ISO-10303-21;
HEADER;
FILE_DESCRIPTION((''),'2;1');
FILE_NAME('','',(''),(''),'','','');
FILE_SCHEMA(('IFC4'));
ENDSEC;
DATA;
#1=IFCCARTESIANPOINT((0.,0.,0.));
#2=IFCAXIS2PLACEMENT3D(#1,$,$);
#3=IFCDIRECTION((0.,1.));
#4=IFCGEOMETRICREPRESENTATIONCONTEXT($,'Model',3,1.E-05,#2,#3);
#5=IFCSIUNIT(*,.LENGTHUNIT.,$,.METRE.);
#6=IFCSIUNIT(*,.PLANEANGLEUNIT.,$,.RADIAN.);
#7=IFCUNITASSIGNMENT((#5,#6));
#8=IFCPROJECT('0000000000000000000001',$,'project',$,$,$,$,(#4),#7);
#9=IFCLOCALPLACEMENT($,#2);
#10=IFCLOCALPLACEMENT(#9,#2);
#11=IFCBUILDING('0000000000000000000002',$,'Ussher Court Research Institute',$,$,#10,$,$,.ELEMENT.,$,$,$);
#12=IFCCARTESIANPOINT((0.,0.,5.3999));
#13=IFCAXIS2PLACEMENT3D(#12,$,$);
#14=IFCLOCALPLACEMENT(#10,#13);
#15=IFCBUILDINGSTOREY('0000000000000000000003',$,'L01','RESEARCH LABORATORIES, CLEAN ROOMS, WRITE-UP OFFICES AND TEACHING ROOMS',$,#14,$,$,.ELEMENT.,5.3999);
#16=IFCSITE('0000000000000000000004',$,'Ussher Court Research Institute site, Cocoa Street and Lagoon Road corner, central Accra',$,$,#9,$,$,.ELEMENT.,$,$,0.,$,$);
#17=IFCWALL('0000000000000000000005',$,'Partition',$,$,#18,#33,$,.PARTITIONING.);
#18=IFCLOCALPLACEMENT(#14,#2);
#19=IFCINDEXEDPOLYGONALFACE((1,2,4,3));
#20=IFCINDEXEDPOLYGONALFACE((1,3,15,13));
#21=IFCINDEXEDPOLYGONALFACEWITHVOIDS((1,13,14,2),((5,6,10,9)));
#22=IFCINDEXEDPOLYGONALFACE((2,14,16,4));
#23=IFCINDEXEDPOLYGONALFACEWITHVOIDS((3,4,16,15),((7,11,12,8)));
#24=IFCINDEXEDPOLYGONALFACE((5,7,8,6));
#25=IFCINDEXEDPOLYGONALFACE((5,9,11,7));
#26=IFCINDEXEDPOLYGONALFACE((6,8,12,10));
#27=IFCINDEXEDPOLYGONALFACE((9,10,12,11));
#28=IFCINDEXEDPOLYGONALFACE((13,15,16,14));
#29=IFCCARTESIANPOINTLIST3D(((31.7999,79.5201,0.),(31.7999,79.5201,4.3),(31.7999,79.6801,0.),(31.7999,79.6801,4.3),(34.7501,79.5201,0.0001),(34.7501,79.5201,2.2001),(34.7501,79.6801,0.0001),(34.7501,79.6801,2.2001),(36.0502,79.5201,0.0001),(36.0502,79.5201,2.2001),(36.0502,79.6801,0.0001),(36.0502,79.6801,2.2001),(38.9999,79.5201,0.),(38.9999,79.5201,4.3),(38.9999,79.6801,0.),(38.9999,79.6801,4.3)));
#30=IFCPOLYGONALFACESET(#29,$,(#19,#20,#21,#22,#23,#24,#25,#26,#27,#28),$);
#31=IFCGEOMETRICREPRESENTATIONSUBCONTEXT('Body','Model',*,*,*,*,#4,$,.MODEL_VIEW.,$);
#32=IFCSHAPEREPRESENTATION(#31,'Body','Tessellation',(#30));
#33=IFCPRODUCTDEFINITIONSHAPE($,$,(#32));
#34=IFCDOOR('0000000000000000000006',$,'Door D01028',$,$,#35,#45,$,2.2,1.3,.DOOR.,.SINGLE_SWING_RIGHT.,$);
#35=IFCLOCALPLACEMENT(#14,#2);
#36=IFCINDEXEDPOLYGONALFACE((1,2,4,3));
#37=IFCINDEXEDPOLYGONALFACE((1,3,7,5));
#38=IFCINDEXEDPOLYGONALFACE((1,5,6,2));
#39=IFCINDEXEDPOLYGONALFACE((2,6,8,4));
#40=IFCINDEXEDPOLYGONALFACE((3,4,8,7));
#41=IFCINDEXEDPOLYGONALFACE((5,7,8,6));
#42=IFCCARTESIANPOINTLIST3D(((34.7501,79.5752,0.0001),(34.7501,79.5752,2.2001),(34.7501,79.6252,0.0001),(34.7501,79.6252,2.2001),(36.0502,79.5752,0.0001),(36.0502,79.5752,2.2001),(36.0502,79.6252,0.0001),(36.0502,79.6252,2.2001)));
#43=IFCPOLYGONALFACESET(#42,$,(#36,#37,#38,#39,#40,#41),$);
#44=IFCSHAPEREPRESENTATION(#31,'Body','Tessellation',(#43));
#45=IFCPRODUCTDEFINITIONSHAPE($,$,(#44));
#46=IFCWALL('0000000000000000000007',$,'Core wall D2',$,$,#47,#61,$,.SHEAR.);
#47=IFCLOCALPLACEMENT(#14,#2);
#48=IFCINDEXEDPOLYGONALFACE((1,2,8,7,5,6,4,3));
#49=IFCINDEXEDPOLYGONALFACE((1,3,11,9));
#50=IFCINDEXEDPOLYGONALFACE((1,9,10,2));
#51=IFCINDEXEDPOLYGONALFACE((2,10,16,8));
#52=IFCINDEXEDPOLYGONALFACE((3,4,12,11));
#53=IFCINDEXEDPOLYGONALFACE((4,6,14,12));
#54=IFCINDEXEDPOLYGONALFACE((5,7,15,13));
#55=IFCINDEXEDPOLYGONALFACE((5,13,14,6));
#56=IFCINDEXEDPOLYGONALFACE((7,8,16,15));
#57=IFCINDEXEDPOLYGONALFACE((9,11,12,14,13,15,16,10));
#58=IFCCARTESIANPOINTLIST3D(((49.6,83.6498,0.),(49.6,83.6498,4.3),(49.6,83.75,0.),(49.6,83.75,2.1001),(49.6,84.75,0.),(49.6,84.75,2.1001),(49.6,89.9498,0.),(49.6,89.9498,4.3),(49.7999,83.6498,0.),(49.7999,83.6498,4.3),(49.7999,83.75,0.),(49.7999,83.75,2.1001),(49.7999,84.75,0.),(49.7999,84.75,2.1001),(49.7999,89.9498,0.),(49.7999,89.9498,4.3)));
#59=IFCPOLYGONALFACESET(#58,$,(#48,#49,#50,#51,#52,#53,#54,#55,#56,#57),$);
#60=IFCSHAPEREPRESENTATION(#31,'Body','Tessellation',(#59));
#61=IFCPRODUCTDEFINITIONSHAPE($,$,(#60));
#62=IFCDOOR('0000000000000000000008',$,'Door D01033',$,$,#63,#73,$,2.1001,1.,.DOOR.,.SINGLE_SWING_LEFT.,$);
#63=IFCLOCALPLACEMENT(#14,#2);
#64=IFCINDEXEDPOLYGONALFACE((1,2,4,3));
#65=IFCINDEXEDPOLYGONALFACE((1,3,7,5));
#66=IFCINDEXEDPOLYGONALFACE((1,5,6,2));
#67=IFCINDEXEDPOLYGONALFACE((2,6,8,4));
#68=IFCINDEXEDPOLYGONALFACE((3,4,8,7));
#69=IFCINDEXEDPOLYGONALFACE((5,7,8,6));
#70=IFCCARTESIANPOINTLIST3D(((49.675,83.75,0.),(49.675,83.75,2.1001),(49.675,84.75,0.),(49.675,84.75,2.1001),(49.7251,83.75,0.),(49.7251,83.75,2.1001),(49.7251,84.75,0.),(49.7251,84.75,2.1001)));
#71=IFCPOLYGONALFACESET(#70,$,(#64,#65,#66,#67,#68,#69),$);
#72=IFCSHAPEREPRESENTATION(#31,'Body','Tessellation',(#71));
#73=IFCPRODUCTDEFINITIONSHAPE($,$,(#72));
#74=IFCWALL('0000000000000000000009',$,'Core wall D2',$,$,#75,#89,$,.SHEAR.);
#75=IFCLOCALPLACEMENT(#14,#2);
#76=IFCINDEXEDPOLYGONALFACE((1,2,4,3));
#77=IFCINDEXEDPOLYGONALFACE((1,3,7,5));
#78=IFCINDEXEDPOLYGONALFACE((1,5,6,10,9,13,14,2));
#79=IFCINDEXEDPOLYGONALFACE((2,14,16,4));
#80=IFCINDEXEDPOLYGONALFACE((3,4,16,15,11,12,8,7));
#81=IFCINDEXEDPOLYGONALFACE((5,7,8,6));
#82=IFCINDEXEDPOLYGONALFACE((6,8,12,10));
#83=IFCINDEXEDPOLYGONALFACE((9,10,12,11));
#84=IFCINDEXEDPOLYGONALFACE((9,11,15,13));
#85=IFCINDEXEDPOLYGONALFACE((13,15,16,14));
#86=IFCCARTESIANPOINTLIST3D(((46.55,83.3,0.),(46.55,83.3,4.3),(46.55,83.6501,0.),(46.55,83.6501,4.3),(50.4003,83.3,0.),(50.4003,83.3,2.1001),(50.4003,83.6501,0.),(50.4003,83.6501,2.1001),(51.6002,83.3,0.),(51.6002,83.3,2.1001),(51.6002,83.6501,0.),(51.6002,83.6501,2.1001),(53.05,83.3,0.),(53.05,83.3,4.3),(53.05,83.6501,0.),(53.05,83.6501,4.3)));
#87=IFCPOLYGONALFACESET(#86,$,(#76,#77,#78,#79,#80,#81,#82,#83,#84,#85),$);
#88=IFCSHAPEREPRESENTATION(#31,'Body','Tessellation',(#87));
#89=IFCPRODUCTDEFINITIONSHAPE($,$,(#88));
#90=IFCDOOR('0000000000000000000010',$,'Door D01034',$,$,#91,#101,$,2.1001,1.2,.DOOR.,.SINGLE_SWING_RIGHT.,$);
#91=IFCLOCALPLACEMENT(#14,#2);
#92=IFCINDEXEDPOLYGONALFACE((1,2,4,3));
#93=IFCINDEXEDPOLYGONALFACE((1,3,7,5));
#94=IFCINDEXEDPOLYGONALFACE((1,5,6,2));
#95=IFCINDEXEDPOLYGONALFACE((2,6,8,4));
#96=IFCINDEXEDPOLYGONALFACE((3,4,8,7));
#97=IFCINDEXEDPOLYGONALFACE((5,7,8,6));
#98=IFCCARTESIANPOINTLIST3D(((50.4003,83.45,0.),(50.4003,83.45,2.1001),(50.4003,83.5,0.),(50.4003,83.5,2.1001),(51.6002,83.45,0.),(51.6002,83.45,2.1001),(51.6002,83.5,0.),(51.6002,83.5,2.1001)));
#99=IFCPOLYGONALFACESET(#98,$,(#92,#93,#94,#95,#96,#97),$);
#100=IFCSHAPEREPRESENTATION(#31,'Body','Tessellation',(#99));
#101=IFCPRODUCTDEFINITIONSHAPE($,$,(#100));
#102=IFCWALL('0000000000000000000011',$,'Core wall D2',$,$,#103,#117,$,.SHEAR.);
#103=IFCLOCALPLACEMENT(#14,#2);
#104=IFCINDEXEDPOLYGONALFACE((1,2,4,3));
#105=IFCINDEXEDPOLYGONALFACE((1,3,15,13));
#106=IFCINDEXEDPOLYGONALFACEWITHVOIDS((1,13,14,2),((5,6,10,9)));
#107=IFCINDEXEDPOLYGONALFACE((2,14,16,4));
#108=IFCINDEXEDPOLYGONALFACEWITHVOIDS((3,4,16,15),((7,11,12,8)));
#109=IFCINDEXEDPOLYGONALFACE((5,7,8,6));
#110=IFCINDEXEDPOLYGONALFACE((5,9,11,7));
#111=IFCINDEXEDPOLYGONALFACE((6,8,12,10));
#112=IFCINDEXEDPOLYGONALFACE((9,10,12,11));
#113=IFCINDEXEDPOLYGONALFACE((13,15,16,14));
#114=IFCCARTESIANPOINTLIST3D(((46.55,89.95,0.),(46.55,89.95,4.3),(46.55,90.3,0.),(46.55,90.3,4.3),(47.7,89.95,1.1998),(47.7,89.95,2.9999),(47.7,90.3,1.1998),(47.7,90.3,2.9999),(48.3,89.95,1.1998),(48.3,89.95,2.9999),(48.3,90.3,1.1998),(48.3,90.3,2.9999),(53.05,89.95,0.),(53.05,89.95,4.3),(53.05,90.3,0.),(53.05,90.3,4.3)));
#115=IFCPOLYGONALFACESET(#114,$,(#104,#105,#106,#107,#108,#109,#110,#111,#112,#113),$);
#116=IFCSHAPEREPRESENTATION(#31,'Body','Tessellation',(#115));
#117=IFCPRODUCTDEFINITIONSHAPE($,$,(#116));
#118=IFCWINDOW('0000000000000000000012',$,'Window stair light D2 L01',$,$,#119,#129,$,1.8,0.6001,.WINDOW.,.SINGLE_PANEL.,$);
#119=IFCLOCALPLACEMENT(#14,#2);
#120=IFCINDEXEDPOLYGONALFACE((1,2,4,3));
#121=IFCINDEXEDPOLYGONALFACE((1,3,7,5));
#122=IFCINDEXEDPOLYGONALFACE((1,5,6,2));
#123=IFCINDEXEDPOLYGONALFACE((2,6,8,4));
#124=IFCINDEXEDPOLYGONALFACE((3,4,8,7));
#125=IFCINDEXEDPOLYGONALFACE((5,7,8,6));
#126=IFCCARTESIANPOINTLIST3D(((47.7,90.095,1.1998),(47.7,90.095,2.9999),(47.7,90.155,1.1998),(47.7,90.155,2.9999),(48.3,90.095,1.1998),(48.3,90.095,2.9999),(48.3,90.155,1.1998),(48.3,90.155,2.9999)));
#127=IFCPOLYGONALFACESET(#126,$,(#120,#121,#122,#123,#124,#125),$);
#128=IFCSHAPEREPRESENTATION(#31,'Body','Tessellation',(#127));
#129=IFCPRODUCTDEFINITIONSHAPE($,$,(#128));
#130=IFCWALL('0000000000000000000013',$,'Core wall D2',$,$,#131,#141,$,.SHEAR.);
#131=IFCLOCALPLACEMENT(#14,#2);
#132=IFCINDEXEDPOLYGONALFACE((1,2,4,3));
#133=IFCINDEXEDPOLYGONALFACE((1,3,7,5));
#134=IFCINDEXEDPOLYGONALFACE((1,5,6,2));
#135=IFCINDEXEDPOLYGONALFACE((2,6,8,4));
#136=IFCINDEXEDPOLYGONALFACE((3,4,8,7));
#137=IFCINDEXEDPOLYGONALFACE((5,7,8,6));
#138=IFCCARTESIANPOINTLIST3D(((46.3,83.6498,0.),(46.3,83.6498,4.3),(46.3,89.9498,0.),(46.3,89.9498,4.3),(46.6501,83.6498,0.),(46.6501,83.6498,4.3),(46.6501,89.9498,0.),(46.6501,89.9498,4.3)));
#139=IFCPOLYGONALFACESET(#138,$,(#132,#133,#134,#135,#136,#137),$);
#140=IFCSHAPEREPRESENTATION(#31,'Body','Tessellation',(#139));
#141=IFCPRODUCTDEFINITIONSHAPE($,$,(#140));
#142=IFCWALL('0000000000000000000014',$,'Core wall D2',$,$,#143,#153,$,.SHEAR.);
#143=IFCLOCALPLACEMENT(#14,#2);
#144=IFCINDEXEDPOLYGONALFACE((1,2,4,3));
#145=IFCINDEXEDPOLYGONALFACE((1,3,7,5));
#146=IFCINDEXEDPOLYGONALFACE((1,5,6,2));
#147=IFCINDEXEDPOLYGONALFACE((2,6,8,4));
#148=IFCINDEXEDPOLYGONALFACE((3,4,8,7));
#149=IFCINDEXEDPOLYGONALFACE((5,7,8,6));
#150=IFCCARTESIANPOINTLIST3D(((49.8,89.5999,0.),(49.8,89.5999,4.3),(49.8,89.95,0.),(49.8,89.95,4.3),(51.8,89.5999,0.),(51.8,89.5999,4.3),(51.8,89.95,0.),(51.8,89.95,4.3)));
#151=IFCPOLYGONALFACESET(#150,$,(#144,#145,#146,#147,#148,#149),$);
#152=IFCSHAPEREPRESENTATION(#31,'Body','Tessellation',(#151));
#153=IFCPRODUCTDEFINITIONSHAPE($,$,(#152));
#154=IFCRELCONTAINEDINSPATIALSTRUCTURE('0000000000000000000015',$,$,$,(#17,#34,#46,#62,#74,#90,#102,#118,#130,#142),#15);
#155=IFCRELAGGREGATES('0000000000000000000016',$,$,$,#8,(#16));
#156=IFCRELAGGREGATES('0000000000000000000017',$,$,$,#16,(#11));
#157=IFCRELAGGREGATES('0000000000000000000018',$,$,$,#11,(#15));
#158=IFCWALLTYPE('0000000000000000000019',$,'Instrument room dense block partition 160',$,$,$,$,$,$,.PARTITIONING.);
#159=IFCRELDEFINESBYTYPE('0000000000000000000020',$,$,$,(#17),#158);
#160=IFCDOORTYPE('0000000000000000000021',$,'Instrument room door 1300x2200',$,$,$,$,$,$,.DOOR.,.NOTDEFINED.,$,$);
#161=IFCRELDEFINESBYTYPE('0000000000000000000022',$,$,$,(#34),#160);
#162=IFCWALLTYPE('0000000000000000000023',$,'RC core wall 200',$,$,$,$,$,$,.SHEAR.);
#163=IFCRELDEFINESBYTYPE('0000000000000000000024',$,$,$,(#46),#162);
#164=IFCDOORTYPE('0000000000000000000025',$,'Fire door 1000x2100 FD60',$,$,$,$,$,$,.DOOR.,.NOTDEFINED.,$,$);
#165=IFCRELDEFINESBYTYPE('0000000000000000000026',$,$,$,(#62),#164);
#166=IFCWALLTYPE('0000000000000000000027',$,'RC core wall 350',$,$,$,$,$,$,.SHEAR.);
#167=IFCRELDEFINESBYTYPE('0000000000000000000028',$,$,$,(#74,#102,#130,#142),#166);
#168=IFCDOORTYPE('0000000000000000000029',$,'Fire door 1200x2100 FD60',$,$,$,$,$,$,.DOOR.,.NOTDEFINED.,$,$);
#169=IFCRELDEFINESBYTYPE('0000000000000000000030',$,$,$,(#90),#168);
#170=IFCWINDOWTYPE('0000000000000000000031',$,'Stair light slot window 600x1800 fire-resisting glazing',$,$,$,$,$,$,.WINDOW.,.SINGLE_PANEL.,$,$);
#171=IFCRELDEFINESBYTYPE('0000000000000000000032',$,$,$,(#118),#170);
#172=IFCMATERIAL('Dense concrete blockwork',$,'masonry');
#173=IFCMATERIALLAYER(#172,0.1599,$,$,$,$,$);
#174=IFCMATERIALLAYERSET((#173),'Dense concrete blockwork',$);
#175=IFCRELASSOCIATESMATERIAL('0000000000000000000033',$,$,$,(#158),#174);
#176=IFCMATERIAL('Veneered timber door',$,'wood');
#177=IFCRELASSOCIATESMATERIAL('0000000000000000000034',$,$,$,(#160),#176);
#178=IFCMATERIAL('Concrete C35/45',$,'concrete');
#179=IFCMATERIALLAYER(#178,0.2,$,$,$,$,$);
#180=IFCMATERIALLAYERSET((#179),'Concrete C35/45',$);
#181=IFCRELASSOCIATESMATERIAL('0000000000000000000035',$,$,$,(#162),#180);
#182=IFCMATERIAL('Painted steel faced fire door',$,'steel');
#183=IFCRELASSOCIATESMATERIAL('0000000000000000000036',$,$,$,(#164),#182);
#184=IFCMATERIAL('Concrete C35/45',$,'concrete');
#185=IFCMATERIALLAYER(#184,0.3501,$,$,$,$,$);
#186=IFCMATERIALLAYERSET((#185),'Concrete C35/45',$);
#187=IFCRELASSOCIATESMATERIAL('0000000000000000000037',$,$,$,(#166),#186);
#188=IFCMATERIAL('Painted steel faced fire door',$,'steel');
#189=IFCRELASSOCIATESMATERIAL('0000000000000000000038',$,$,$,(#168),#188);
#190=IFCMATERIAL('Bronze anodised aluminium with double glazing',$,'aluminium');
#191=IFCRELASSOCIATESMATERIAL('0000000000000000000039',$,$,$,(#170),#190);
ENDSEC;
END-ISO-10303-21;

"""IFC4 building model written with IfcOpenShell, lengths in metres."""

from ifc_helpers import new_model, si_unit, direction, frame, frame_2d, origin, place, context, subcontext, project, spatial, rectangle, extrude, material, layer, layer_set, type_object, element, fill, save


model = new_model("IFC4")

# Units and contexts
model_context = context("Model", 3, precision=1e-05, world=origin(), true_north=direction((0.0, 1.0)))
body_context = subcontext(model_context, "Body", "Model", "MODEL_VIEW")
ifc_project = project(units=[si_unit("LENGTHUNIT", "METRE"), si_unit("PLANEANGLEUNIT", "RADIAN")], contexts=[model_context])

# Site, building, storey
site_placement = place(None, origin())
site = spatial("IfcSite", under=ifc_project, at=site_placement, Name="Ussher Court Research Institute site, Cocoa Street and Lagoon Road corner, central Accra", CompositionType="ELEMENT", RefElevation=0.0)
building_placement = place(site_placement, origin())
building = spatial("IfcBuilding", under=site, at=building_placement, Name="Ussher Court Research Institute", CompositionType="ELEMENT")
storey_placement = place(building_placement, frame((0.0, 0.0, 5.3999)))
storey = spatial("IfcBuildingStorey", under=building, at=storey_placement, Name="L01", Description="RESEARCH LABORATORIES, CLEAN ROOMS, WRITE-UP OFFICES AND TEACHING ROOMS", CompositionType="ELEMENT", Elevation=5.3999)

# Walls, openings, doors
ifc_material_1 = material(Name="Dense concrete blockwork", Category="masonry")
ifc_layer_1 = layer(ifc_material_1, 0.1599)
ifc_layer_set_1 = layer_set([ifc_layer_1], Name="Dense concrete blockwork")
wall_type_1 = type_object("IfcWallType", Name="Instrument room dense block partition 160", PredefinedType="PARTITIONING", material=ifc_layer_set_1)
wall_1_placement = place(storey_placement, frame((39.0, 79.6001, 0.0), z_axis=(0.0, 0.0, 1.0), x_axis=(-1.0, 0.0, 0.0)))
wall_1 = element("IfcWall", 1, at=wall_1_placement, inside=storey, type_object=wall_type_1, Name="Partition", PredefinedType="PARTITIONING", context=body_context, shape_type="SweptSolid", body=[
    extrude(rectangle(XDim=7.2, YDim=0.1599, at=frame_2d((3.6001, 0.0))), origin(), (0.0, 0.0, 1.0), 4.3),
])
opening_1_placement = place(wall_1_placement, frame((2.95, 0.0, 0.0)))
opening_1 = element("IfcOpeningElement", 2, at=opening_1_placement, cuts=wall_1, PredefinedType="OPENING", context=body_context, shape_type="SweptSolid", body=[
    extrude(rectangle(XDim=1.3, YDim=2.2, at=frame_2d((0.6499, 1.1001))), frame((0.0, 0.0898, 0.0), z_axis=(0.0, -1.0, 0.0), x_axis=(1.0, 0.0, 0.0)), (0.0, 0.0, 1.0), 0.1799),
])
ifc_material_2 = material(Name="Veneered timber door", Category="wood")
door_type_1 = type_object("IfcDoorType", Name="Instrument room door 1300x2200", OperationType="NOTDEFINED", PredefinedType="DOOR", material=ifc_material_2)
door_1_placement = place(opening_1_placement, origin())
door_1 = element("IfcDoor", 3, at=door_1_placement, inside=storey, type_object=door_type_1, Name="Door D01028", OperationType="SINGLE_SWING_RIGHT", OverallHeight=2.2, OverallWidth=1.3, PredefinedType="DOOR", context=body_context, shape_type="SweptSolid", body=[
    extrude(rectangle(XDim=1.3, YDim=2.2, at=frame_2d((0.6499, 1.1001))), frame((0.0, 0.0249, 0.0), z_axis=(0.0, -1.0, 0.0), x_axis=(1.0, 0.0, 0.0)), (0.0, 0.0, 1.0), 0.05),
])
fill(opening_1, door_1)
ifc_material_3 = material(Name="Concrete C35/45", Category="concrete")
ifc_layer_2 = layer(ifc_material_3, 0.2)
ifc_layer_set_2 = layer_set([ifc_layer_2], Name="Concrete C35/45")
wall_type_2 = type_object("IfcWallType", Name="RC core wall 200", PredefinedType="SHEAR", material=ifc_layer_set_2)
wall_2_placement = place(storey_placement, frame((49.7, 83.6499, 0.0), z_axis=(0.0, 0.0, 1.0), x_axis=(0.0, 1.0, 0.0)))
wall_2 = element("IfcWall", 4, at=wall_2_placement, inside=storey, type_object=wall_type_2, Name="Core wall D2", PredefinedType="SHEAR", context=body_context, shape_type="SweptSolid", body=[
    extrude(rectangle(XDim=6.3, YDim=0.2, at=frame_2d((3.1499, 0.0))), origin(), (0.0, 0.0, 1.0), 4.3),
])
opening_2_placement = place(wall_2_placement, frame((0.1001, 0.0, 0.0)))
opening_2 = element("IfcOpeningElement", 5, at=opening_2_placement, cuts=wall_2, PredefinedType="OPENING", context=body_context, shape_type="SweptSolid", body=[
    extrude(rectangle(XDim=1.0, YDim=2.1001, at=frame_2d((0.5, 1.05))), frame((0.0, 0.1099, 0.0), z_axis=(0.0, -1.0, 0.0), x_axis=(1.0, 0.0, 0.0)), (0.0, 0.0, 1.0), 0.22),
])
ifc_material_4 = material(Name="Painted steel faced fire door", Category="steel")
door_type_2 = type_object("IfcDoorType", Name="Fire door 1000x2100 FD60", OperationType="NOTDEFINED", PredefinedType="DOOR", material=ifc_material_4)
door_2_placement = place(opening_2_placement, origin())
door_2 = element("IfcDoor", 6, at=door_2_placement, inside=storey, type_object=door_type_2, Name="Door D01033", OperationType="SINGLE_SWING_LEFT", OverallHeight=2.1001, OverallWidth=1.0, PredefinedType="DOOR", context=body_context, shape_type="SweptSolid", body=[
    extrude(rectangle(XDim=1.0, YDim=2.1001, at=frame_2d((0.5, 1.05))), frame((0.0, 0.0249, 0.0), z_axis=(0.0, -1.0, 0.0), x_axis=(1.0, 0.0, 0.0)), (0.0, 0.0, 1.0), 0.05),
])
fill(opening_2, door_2)
ifc_material_5 = material(Name="Concrete C35/45", Category="concrete")
ifc_layer_3 = layer(ifc_material_5, 0.3501)
ifc_layer_set_3 = layer_set([ifc_layer_3], Name="Concrete C35/45")
wall_type_3 = type_object("IfcWallType", Name="RC core wall 350", PredefinedType="SHEAR", material=ifc_layer_set_3)
wall_3_placement = place(storey_placement, frame((46.55, 83.4751, 0.0), z_axis=(0.0, 0.0, 1.0), x_axis=(1.0, 0.0, 0.0)))
wall_3 = element("IfcWall", 7, at=wall_3_placement, inside=storey, type_object=wall_type_3, Name="Core wall D2", PredefinedType="SHEAR", context=body_context, shape_type="SweptSolid", body=[
    extrude(rectangle(XDim=6.5, YDim=0.3501, at=frame_2d((3.25, 0.0))), origin(), (0.0, 0.0, 1.0), 4.3),
])
opening_3_placement = place(wall_3_placement, frame((3.8501, 0.0, 0.0)))
opening_3 = element("IfcOpeningElement", 8, at=opening_3_placement, cuts=wall_3, PredefinedType="OPENING", context=body_context, shape_type="SweptSolid", body=[
    extrude(rectangle(XDim=1.2, YDim=2.1001, at=frame_2d((0.6001, 1.05))), frame((0.0, 0.1851, 0.0), z_axis=(0.0, -1.0, 0.0), x_axis=(1.0, 0.0, 0.0)), (0.0, 0.0, 1.0), 0.3701),
])
ifc_material_6 = material(Name="Painted steel faced fire door", Category="steel")
door_type_3 = type_object("IfcDoorType", Name="Fire door 1200x2100 FD60", OperationType="NOTDEFINED", PredefinedType="DOOR", material=ifc_material_6)
door_3_placement = place(opening_3_placement, origin())
door_3 = element("IfcDoor", 9, at=door_3_placement, inside=storey, type_object=door_type_3, Name="Door D01034", OperationType="SINGLE_SWING_RIGHT", OverallHeight=2.1001, OverallWidth=1.2, PredefinedType="DOOR", context=body_context, shape_type="SweptSolid", body=[
    extrude(rectangle(XDim=1.2, YDim=2.1001, at=frame_2d((0.6001, 1.05))), frame((0.0, 0.0249, 0.0), z_axis=(0.0, -1.0, 0.0), x_axis=(1.0, 0.0, 0.0)), (0.0, 0.0, 1.0), 0.05),
])
fill(opening_3, door_3)

# Wall, opening, window
wall_4_placement = place(storey_placement, frame((46.55, 90.125, 0.0), z_axis=(0.0, 0.0, 1.0), x_axis=(1.0, 0.0, 0.0)))
wall_4 = element("IfcWall", 10, at=wall_4_placement, inside=storey, type_object=wall_type_3, Name="Core wall D2", PredefinedType="SHEAR", context=body_context, shape_type="SweptSolid", body=[
    extrude(rectangle(XDim=6.5, YDim=0.3501, at=frame_2d((3.25, 0.0))), origin(), (0.0, 0.0, 1.0), 4.3),
])
opening_4_placement = place(wall_4_placement, frame((1.1499, 0.0, 1.2)))
opening_4 = element("IfcOpeningElement", 11, at=opening_4_placement, cuts=wall_4, PredefinedType="OPENING", context=body_context, shape_type="SweptSolid", body=[
    extrude(rectangle(XDim=0.6001, YDim=1.8, at=frame_2d((0.3, 0.8999))), frame((0.0, 0.1851, 0.0), z_axis=(0.0, -1.0, 0.0), x_axis=(1.0, 0.0, 0.0)), (0.0, 0.0, 1.0), 0.3701),
])
ifc_material_7 = material(Name="Bronze anodised aluminium with double glazing", Category="aluminium")
window_type = type_object("IfcWindowType", Name="Stair light slot window 600x1800 fire-resisting glazing", PartitioningType="SINGLE_PANEL", PredefinedType="WINDOW", material=ifc_material_7)
window_placement = place(opening_4_placement, origin())
window = element("IfcWindow", 12, at=window_placement, inside=storey, type_object=window_type, Name="Window stair light D2 L01", OverallHeight=1.8, OverallWidth=0.6001, PartitioningType="SINGLE_PANEL", PredefinedType="WINDOW", context=body_context, shape_type="SweptSolid", body=[
    extrude(rectangle(XDim=0.6001, YDim=1.8, at=frame_2d((0.3, 0.8999))), frame((0.0, 0.03, 0.0), z_axis=(0.0, -1.0, 0.0), x_axis=(1.0, 0.0, 0.0)), (0.0, 0.0, 1.0), 0.0601),
])
fill(opening_4, window)

# Walls
wall_5_placement = place(storey_placement, frame((46.4751, 83.6499, 0.0), z_axis=(0.0, 0.0, 1.0), x_axis=(0.0, 1.0, 0.0)))
element("IfcWall", 13, at=wall_5_placement, inside=storey, type_object=wall_type_3, Name="Core wall D2", PredefinedType="SHEAR", context=body_context, shape_type="SweptSolid", body=[
    extrude(rectangle(XDim=6.3, YDim=0.3501, at=frame_2d((3.1499, 0.0))), origin(), (0.0, 0.0, 1.0), 4.3),
])
wall_6_placement = place(storey_placement, frame((49.8, 89.7749, 0.0), z_axis=(0.0, 0.0, 1.0), x_axis=(1.0, 0.0, 0.0)))
element("IfcWall", 14, at=wall_6_placement, inside=storey, type_object=wall_type_3, Name="Core wall D2", PredefinedType="SHEAR", context=body_context, shape_type="SweptSolid", body=[
    extrude(rectangle(XDim=2.0, YDim=0.3501, at=frame_2d((1.0, 0.0))), origin(), (0.0, 0.0, 1.0), 4.3),
])

save(model, "model.ifc")
